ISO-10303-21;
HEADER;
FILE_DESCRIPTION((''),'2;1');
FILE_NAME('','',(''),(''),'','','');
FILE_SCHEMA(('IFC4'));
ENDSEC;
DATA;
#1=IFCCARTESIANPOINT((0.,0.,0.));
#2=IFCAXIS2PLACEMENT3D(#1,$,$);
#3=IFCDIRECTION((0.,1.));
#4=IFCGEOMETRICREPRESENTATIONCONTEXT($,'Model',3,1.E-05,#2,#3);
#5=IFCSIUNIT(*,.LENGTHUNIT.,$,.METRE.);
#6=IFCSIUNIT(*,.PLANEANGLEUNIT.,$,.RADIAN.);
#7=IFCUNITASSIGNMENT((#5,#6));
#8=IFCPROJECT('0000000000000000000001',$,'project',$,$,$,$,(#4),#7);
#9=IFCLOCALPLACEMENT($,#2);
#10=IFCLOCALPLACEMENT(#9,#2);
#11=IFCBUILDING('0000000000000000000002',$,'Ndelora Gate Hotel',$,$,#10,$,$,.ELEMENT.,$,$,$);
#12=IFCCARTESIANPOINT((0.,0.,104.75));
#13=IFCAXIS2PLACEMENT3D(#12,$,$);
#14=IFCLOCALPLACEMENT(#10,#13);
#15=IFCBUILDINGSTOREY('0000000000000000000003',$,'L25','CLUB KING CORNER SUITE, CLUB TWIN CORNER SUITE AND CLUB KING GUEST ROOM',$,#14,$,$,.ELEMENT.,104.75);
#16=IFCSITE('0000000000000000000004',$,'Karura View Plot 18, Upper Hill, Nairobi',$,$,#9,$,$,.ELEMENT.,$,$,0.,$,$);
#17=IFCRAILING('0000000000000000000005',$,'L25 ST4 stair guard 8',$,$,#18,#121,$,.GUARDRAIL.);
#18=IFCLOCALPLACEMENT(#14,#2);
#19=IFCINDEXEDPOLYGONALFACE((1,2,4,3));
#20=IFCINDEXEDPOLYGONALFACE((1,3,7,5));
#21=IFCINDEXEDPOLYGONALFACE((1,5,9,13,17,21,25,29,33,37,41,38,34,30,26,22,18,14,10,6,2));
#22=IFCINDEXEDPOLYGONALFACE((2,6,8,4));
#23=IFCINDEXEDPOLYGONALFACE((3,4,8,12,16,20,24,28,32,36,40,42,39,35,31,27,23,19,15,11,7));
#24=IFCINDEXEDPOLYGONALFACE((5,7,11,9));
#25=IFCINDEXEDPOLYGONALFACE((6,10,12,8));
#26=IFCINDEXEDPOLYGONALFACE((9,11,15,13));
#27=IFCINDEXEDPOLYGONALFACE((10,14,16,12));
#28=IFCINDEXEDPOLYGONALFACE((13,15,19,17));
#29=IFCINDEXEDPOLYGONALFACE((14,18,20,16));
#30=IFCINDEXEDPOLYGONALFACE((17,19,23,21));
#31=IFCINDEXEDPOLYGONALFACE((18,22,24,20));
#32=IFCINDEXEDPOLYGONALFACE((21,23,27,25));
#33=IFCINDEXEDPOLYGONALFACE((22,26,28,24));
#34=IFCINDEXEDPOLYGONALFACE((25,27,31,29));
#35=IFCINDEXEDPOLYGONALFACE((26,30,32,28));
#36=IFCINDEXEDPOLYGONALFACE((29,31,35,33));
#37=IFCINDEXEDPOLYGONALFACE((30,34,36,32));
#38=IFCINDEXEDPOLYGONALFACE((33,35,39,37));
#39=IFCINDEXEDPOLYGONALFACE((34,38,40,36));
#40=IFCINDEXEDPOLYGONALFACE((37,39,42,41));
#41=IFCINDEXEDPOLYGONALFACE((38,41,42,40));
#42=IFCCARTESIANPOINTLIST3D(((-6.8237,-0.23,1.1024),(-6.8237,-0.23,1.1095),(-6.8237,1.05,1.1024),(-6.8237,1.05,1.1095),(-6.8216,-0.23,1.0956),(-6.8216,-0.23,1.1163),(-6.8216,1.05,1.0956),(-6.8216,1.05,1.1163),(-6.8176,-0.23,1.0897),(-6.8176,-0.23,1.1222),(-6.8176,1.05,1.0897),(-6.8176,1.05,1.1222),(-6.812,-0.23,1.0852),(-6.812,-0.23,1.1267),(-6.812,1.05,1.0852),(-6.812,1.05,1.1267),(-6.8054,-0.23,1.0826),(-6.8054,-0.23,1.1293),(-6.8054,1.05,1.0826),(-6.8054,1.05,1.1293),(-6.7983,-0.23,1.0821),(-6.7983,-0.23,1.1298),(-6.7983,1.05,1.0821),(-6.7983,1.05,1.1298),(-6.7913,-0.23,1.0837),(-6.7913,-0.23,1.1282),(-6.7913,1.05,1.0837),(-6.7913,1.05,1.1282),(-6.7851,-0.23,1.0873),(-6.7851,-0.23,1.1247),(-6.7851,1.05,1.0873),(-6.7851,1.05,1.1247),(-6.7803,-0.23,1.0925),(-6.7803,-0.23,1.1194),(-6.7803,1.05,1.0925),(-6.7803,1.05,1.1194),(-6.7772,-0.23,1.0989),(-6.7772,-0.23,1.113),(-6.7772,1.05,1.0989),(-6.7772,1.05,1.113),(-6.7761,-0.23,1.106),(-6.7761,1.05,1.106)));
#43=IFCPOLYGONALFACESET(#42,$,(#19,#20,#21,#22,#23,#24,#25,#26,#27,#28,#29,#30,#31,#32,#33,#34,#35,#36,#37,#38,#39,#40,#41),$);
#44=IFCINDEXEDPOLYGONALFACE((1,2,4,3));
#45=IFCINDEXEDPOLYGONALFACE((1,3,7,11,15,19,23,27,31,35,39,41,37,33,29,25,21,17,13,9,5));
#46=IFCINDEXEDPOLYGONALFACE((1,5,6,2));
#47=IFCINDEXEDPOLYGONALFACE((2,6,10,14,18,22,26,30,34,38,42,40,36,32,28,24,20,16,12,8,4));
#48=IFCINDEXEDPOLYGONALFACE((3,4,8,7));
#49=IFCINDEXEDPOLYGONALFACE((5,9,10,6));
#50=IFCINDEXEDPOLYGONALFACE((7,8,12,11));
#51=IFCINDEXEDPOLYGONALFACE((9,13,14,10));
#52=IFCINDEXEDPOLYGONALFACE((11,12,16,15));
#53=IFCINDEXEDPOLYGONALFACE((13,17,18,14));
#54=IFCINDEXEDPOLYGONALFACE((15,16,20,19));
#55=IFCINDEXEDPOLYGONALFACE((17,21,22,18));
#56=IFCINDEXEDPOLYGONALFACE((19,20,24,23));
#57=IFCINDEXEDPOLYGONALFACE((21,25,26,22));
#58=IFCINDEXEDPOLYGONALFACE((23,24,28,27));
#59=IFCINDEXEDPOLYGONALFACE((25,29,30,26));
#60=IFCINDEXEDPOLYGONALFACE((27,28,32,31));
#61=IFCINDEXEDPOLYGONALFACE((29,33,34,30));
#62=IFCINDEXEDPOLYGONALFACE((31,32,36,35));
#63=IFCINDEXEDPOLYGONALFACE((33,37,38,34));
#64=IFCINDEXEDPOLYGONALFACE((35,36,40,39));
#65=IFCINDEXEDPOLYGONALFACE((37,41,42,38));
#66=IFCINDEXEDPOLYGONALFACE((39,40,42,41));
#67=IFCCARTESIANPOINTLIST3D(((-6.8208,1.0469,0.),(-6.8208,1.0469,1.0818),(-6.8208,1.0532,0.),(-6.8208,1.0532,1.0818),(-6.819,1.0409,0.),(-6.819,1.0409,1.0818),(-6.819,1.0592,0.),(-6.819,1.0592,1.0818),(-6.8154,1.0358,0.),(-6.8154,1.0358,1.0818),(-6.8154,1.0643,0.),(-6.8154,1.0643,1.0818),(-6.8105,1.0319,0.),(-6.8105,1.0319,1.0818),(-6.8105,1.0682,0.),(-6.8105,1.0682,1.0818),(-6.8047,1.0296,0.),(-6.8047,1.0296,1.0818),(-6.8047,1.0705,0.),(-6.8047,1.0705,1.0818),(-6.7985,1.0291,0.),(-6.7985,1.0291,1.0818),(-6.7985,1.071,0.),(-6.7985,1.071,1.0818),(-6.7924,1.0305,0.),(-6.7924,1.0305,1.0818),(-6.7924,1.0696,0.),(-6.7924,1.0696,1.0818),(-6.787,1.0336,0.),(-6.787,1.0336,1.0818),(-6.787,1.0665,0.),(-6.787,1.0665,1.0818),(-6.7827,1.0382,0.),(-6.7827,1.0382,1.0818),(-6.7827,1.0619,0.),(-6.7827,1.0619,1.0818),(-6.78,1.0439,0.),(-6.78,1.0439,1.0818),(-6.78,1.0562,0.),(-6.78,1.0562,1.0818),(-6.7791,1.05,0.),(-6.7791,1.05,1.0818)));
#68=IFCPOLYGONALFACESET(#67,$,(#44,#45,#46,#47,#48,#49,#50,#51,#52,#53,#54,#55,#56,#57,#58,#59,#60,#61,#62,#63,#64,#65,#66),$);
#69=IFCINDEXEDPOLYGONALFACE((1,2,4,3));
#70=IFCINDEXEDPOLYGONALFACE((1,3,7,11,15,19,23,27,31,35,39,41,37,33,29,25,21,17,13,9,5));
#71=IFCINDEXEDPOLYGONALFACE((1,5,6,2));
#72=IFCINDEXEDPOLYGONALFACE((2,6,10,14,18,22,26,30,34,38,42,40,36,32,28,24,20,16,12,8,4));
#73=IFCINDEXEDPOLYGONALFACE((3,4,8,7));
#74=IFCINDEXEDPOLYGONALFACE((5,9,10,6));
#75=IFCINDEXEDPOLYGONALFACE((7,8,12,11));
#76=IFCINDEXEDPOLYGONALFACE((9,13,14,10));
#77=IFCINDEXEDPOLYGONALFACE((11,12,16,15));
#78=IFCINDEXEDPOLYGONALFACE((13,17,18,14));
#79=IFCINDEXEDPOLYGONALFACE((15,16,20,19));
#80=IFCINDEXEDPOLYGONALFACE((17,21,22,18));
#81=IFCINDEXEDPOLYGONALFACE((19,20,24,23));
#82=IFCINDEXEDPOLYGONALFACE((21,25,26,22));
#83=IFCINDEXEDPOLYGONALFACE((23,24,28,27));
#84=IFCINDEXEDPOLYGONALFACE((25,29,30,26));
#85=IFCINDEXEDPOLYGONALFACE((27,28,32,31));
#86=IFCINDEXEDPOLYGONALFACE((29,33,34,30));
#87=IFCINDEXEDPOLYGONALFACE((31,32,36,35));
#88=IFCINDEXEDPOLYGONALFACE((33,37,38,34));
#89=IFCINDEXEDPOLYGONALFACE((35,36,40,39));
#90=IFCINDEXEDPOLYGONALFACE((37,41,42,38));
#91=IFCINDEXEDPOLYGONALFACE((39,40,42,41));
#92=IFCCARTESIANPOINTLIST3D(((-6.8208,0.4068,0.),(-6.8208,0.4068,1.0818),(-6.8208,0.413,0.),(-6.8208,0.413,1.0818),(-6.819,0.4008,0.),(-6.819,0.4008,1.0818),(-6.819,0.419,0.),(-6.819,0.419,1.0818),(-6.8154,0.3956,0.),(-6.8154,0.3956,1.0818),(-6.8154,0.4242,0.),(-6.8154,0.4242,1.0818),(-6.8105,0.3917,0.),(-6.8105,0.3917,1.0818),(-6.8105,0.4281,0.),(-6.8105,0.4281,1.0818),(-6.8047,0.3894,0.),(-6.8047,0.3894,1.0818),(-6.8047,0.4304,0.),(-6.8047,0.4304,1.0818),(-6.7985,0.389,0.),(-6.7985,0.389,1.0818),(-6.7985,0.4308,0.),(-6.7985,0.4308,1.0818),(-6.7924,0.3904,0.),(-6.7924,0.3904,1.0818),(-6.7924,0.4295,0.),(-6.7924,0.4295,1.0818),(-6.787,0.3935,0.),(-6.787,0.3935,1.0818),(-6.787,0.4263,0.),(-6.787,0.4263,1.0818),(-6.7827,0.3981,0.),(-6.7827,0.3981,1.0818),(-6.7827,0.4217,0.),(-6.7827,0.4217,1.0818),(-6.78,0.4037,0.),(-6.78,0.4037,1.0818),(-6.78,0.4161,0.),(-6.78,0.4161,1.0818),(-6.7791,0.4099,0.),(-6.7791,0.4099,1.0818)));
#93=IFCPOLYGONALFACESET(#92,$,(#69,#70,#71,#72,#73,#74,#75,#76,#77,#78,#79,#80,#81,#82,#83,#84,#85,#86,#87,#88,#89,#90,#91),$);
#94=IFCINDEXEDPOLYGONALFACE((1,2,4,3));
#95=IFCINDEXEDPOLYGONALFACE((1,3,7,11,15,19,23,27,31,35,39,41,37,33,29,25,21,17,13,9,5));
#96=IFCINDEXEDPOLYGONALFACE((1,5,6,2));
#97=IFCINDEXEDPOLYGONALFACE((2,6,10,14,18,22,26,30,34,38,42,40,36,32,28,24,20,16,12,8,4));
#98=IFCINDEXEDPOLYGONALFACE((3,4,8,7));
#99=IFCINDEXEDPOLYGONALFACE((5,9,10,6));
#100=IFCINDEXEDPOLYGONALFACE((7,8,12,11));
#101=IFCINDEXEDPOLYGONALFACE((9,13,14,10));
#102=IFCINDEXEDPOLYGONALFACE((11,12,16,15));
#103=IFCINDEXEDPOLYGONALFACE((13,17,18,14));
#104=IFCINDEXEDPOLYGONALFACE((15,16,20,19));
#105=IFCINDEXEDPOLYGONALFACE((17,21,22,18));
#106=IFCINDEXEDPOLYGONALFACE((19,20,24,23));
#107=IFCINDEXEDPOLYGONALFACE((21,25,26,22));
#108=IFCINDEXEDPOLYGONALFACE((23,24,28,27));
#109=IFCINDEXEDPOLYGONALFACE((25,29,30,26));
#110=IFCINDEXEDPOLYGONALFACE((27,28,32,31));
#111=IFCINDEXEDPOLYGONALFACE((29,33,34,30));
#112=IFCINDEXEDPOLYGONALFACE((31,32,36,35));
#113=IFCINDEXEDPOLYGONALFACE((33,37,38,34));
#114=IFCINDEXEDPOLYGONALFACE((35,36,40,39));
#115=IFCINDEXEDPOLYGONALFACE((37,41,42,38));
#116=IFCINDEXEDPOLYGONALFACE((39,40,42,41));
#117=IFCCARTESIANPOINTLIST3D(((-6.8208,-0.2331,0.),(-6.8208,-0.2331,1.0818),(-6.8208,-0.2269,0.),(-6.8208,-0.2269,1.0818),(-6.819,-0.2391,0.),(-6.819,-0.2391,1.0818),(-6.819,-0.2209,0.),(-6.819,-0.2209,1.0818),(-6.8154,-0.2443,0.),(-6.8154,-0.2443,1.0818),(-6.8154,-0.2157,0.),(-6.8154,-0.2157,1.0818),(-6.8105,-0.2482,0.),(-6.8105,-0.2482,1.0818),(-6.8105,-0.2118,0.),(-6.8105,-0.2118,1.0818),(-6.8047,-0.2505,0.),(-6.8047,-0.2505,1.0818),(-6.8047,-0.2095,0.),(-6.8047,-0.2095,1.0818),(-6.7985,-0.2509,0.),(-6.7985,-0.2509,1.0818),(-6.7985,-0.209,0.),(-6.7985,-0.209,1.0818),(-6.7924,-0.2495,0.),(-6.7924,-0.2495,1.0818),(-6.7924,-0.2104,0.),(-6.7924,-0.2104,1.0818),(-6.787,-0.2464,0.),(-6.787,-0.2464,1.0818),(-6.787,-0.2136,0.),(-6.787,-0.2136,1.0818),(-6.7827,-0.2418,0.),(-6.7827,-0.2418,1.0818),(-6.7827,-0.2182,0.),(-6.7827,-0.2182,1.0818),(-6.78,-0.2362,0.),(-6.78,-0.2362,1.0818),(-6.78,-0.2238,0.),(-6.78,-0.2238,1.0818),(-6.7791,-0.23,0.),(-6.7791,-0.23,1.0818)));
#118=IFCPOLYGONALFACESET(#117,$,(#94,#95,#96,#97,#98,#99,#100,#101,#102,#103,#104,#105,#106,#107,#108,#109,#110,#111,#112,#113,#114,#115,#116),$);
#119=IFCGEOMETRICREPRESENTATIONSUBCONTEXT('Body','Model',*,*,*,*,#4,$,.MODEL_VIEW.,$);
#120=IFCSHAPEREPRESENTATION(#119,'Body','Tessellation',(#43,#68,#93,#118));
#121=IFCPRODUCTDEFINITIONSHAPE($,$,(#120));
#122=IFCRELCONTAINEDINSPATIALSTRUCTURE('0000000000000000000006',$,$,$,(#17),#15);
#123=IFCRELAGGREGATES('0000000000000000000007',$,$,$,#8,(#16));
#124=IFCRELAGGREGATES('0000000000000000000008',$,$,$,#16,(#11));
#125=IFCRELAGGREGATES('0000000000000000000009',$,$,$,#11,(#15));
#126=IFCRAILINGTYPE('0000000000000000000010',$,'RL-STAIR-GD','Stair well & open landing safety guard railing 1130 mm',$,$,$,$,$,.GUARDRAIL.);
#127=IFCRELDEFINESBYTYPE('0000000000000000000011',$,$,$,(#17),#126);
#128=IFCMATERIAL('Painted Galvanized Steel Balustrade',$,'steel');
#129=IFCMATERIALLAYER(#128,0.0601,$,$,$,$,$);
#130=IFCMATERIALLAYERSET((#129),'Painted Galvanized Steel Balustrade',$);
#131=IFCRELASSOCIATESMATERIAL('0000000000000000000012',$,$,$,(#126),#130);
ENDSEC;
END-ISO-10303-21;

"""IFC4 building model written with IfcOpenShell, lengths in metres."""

from ifc_helpers import new_model, si_unit, direction, frame, origin, origin_2d, place, context, subcontext, project, spatial, circle, extrude, material, layer, layer_set, type_object, element, save


model = new_model("IFC4")

# Units and contexts
model_context = context("Model", 3, precision=1e-05, world=origin(), true_north=direction((0.0, 1.0)))
body_context = subcontext(model_context, "Body", "Model", "MODEL_VIEW")
ifc_project = project(units=[si_unit("LENGTHUNIT", "METRE"), si_unit("PLANEANGLEUNIT", "RADIAN")], contexts=[model_context])

# Site, building, storey
site_placement = place(None, origin())
site = spatial("IfcSite", under=ifc_project, at=site_placement, Name="Karura View Plot 18, Upper Hill, Nairobi", CompositionType="ELEMENT", RefElevation=0.0)
building_placement = place(site_placement, origin())
building = spatial("IfcBuilding", under=site, at=building_placement, Name="Ndelora Gate Hotel", CompositionType="ELEMENT")
storey_placement = place(building_placement, frame((0.0, 0.0, 104.75)))
storey = spatial("IfcBuildingStorey", under=building, at=storey_placement, Name="L25", Description="CLUB KING CORNER SUITE, CLUB TWIN CORNER SUITE AND CLUB KING GUEST ROOM", CompositionType="ELEMENT", Elevation=104.75)

# Railing
ifc_material_1 = material(Name="Painted Galvanized Steel Balustrade", Category="steel")
ifc_layer_1 = layer(ifc_material_1, 0.0601)
ifc_layer_set_1 = layer_set([ifc_layer_1], Name="Painted Galvanized Steel Balustrade")
railing_type = type_object("IfcRailingType", Name="RL-STAIR-GD", Description="Stair well & open landing safety guard railing 1130 mm", PredefinedType="GUARDRAIL", material=ifc_layer_set_1)
for number, where, name in (
    (1, (-6.8, 1.05, 0.0), "L25 ST4 stair guard 8"),
):
    element("IfcRailing", number, at=place(storey_placement, frame(where)), inside=storey, type_object=railing_type, Name=name, PredefinedType="GUARDRAIL", context=body_context, shape_type="SweptSolid", body=[
        extrude(circle(Radius=0.0239, at=origin_2d()), frame((0.0, 0.0, 1.106), z_axis=(0.0, -1.0, 0.0), x_axis=(1.0, 0.0, 0.0)), (0.0, 0.0, 1.0), 1.28),
        extrude(circle(Radius=0.021, at=origin_2d()), origin(), (0.0, 0.0, 1.0), 1.0818),
        extrude(circle(Radius=0.021, at=origin_2d()), frame((0.0, -0.6401, 0.0)), (0.0, 0.0, 1.0), 1.0818),
        extrude(circle(Radius=0.021, at=origin_2d()), frame((0.0, -1.28, 0.0)), (0.0, 0.0, 1.0), 1.0818),
    ])

save(model, "model.ifc")
